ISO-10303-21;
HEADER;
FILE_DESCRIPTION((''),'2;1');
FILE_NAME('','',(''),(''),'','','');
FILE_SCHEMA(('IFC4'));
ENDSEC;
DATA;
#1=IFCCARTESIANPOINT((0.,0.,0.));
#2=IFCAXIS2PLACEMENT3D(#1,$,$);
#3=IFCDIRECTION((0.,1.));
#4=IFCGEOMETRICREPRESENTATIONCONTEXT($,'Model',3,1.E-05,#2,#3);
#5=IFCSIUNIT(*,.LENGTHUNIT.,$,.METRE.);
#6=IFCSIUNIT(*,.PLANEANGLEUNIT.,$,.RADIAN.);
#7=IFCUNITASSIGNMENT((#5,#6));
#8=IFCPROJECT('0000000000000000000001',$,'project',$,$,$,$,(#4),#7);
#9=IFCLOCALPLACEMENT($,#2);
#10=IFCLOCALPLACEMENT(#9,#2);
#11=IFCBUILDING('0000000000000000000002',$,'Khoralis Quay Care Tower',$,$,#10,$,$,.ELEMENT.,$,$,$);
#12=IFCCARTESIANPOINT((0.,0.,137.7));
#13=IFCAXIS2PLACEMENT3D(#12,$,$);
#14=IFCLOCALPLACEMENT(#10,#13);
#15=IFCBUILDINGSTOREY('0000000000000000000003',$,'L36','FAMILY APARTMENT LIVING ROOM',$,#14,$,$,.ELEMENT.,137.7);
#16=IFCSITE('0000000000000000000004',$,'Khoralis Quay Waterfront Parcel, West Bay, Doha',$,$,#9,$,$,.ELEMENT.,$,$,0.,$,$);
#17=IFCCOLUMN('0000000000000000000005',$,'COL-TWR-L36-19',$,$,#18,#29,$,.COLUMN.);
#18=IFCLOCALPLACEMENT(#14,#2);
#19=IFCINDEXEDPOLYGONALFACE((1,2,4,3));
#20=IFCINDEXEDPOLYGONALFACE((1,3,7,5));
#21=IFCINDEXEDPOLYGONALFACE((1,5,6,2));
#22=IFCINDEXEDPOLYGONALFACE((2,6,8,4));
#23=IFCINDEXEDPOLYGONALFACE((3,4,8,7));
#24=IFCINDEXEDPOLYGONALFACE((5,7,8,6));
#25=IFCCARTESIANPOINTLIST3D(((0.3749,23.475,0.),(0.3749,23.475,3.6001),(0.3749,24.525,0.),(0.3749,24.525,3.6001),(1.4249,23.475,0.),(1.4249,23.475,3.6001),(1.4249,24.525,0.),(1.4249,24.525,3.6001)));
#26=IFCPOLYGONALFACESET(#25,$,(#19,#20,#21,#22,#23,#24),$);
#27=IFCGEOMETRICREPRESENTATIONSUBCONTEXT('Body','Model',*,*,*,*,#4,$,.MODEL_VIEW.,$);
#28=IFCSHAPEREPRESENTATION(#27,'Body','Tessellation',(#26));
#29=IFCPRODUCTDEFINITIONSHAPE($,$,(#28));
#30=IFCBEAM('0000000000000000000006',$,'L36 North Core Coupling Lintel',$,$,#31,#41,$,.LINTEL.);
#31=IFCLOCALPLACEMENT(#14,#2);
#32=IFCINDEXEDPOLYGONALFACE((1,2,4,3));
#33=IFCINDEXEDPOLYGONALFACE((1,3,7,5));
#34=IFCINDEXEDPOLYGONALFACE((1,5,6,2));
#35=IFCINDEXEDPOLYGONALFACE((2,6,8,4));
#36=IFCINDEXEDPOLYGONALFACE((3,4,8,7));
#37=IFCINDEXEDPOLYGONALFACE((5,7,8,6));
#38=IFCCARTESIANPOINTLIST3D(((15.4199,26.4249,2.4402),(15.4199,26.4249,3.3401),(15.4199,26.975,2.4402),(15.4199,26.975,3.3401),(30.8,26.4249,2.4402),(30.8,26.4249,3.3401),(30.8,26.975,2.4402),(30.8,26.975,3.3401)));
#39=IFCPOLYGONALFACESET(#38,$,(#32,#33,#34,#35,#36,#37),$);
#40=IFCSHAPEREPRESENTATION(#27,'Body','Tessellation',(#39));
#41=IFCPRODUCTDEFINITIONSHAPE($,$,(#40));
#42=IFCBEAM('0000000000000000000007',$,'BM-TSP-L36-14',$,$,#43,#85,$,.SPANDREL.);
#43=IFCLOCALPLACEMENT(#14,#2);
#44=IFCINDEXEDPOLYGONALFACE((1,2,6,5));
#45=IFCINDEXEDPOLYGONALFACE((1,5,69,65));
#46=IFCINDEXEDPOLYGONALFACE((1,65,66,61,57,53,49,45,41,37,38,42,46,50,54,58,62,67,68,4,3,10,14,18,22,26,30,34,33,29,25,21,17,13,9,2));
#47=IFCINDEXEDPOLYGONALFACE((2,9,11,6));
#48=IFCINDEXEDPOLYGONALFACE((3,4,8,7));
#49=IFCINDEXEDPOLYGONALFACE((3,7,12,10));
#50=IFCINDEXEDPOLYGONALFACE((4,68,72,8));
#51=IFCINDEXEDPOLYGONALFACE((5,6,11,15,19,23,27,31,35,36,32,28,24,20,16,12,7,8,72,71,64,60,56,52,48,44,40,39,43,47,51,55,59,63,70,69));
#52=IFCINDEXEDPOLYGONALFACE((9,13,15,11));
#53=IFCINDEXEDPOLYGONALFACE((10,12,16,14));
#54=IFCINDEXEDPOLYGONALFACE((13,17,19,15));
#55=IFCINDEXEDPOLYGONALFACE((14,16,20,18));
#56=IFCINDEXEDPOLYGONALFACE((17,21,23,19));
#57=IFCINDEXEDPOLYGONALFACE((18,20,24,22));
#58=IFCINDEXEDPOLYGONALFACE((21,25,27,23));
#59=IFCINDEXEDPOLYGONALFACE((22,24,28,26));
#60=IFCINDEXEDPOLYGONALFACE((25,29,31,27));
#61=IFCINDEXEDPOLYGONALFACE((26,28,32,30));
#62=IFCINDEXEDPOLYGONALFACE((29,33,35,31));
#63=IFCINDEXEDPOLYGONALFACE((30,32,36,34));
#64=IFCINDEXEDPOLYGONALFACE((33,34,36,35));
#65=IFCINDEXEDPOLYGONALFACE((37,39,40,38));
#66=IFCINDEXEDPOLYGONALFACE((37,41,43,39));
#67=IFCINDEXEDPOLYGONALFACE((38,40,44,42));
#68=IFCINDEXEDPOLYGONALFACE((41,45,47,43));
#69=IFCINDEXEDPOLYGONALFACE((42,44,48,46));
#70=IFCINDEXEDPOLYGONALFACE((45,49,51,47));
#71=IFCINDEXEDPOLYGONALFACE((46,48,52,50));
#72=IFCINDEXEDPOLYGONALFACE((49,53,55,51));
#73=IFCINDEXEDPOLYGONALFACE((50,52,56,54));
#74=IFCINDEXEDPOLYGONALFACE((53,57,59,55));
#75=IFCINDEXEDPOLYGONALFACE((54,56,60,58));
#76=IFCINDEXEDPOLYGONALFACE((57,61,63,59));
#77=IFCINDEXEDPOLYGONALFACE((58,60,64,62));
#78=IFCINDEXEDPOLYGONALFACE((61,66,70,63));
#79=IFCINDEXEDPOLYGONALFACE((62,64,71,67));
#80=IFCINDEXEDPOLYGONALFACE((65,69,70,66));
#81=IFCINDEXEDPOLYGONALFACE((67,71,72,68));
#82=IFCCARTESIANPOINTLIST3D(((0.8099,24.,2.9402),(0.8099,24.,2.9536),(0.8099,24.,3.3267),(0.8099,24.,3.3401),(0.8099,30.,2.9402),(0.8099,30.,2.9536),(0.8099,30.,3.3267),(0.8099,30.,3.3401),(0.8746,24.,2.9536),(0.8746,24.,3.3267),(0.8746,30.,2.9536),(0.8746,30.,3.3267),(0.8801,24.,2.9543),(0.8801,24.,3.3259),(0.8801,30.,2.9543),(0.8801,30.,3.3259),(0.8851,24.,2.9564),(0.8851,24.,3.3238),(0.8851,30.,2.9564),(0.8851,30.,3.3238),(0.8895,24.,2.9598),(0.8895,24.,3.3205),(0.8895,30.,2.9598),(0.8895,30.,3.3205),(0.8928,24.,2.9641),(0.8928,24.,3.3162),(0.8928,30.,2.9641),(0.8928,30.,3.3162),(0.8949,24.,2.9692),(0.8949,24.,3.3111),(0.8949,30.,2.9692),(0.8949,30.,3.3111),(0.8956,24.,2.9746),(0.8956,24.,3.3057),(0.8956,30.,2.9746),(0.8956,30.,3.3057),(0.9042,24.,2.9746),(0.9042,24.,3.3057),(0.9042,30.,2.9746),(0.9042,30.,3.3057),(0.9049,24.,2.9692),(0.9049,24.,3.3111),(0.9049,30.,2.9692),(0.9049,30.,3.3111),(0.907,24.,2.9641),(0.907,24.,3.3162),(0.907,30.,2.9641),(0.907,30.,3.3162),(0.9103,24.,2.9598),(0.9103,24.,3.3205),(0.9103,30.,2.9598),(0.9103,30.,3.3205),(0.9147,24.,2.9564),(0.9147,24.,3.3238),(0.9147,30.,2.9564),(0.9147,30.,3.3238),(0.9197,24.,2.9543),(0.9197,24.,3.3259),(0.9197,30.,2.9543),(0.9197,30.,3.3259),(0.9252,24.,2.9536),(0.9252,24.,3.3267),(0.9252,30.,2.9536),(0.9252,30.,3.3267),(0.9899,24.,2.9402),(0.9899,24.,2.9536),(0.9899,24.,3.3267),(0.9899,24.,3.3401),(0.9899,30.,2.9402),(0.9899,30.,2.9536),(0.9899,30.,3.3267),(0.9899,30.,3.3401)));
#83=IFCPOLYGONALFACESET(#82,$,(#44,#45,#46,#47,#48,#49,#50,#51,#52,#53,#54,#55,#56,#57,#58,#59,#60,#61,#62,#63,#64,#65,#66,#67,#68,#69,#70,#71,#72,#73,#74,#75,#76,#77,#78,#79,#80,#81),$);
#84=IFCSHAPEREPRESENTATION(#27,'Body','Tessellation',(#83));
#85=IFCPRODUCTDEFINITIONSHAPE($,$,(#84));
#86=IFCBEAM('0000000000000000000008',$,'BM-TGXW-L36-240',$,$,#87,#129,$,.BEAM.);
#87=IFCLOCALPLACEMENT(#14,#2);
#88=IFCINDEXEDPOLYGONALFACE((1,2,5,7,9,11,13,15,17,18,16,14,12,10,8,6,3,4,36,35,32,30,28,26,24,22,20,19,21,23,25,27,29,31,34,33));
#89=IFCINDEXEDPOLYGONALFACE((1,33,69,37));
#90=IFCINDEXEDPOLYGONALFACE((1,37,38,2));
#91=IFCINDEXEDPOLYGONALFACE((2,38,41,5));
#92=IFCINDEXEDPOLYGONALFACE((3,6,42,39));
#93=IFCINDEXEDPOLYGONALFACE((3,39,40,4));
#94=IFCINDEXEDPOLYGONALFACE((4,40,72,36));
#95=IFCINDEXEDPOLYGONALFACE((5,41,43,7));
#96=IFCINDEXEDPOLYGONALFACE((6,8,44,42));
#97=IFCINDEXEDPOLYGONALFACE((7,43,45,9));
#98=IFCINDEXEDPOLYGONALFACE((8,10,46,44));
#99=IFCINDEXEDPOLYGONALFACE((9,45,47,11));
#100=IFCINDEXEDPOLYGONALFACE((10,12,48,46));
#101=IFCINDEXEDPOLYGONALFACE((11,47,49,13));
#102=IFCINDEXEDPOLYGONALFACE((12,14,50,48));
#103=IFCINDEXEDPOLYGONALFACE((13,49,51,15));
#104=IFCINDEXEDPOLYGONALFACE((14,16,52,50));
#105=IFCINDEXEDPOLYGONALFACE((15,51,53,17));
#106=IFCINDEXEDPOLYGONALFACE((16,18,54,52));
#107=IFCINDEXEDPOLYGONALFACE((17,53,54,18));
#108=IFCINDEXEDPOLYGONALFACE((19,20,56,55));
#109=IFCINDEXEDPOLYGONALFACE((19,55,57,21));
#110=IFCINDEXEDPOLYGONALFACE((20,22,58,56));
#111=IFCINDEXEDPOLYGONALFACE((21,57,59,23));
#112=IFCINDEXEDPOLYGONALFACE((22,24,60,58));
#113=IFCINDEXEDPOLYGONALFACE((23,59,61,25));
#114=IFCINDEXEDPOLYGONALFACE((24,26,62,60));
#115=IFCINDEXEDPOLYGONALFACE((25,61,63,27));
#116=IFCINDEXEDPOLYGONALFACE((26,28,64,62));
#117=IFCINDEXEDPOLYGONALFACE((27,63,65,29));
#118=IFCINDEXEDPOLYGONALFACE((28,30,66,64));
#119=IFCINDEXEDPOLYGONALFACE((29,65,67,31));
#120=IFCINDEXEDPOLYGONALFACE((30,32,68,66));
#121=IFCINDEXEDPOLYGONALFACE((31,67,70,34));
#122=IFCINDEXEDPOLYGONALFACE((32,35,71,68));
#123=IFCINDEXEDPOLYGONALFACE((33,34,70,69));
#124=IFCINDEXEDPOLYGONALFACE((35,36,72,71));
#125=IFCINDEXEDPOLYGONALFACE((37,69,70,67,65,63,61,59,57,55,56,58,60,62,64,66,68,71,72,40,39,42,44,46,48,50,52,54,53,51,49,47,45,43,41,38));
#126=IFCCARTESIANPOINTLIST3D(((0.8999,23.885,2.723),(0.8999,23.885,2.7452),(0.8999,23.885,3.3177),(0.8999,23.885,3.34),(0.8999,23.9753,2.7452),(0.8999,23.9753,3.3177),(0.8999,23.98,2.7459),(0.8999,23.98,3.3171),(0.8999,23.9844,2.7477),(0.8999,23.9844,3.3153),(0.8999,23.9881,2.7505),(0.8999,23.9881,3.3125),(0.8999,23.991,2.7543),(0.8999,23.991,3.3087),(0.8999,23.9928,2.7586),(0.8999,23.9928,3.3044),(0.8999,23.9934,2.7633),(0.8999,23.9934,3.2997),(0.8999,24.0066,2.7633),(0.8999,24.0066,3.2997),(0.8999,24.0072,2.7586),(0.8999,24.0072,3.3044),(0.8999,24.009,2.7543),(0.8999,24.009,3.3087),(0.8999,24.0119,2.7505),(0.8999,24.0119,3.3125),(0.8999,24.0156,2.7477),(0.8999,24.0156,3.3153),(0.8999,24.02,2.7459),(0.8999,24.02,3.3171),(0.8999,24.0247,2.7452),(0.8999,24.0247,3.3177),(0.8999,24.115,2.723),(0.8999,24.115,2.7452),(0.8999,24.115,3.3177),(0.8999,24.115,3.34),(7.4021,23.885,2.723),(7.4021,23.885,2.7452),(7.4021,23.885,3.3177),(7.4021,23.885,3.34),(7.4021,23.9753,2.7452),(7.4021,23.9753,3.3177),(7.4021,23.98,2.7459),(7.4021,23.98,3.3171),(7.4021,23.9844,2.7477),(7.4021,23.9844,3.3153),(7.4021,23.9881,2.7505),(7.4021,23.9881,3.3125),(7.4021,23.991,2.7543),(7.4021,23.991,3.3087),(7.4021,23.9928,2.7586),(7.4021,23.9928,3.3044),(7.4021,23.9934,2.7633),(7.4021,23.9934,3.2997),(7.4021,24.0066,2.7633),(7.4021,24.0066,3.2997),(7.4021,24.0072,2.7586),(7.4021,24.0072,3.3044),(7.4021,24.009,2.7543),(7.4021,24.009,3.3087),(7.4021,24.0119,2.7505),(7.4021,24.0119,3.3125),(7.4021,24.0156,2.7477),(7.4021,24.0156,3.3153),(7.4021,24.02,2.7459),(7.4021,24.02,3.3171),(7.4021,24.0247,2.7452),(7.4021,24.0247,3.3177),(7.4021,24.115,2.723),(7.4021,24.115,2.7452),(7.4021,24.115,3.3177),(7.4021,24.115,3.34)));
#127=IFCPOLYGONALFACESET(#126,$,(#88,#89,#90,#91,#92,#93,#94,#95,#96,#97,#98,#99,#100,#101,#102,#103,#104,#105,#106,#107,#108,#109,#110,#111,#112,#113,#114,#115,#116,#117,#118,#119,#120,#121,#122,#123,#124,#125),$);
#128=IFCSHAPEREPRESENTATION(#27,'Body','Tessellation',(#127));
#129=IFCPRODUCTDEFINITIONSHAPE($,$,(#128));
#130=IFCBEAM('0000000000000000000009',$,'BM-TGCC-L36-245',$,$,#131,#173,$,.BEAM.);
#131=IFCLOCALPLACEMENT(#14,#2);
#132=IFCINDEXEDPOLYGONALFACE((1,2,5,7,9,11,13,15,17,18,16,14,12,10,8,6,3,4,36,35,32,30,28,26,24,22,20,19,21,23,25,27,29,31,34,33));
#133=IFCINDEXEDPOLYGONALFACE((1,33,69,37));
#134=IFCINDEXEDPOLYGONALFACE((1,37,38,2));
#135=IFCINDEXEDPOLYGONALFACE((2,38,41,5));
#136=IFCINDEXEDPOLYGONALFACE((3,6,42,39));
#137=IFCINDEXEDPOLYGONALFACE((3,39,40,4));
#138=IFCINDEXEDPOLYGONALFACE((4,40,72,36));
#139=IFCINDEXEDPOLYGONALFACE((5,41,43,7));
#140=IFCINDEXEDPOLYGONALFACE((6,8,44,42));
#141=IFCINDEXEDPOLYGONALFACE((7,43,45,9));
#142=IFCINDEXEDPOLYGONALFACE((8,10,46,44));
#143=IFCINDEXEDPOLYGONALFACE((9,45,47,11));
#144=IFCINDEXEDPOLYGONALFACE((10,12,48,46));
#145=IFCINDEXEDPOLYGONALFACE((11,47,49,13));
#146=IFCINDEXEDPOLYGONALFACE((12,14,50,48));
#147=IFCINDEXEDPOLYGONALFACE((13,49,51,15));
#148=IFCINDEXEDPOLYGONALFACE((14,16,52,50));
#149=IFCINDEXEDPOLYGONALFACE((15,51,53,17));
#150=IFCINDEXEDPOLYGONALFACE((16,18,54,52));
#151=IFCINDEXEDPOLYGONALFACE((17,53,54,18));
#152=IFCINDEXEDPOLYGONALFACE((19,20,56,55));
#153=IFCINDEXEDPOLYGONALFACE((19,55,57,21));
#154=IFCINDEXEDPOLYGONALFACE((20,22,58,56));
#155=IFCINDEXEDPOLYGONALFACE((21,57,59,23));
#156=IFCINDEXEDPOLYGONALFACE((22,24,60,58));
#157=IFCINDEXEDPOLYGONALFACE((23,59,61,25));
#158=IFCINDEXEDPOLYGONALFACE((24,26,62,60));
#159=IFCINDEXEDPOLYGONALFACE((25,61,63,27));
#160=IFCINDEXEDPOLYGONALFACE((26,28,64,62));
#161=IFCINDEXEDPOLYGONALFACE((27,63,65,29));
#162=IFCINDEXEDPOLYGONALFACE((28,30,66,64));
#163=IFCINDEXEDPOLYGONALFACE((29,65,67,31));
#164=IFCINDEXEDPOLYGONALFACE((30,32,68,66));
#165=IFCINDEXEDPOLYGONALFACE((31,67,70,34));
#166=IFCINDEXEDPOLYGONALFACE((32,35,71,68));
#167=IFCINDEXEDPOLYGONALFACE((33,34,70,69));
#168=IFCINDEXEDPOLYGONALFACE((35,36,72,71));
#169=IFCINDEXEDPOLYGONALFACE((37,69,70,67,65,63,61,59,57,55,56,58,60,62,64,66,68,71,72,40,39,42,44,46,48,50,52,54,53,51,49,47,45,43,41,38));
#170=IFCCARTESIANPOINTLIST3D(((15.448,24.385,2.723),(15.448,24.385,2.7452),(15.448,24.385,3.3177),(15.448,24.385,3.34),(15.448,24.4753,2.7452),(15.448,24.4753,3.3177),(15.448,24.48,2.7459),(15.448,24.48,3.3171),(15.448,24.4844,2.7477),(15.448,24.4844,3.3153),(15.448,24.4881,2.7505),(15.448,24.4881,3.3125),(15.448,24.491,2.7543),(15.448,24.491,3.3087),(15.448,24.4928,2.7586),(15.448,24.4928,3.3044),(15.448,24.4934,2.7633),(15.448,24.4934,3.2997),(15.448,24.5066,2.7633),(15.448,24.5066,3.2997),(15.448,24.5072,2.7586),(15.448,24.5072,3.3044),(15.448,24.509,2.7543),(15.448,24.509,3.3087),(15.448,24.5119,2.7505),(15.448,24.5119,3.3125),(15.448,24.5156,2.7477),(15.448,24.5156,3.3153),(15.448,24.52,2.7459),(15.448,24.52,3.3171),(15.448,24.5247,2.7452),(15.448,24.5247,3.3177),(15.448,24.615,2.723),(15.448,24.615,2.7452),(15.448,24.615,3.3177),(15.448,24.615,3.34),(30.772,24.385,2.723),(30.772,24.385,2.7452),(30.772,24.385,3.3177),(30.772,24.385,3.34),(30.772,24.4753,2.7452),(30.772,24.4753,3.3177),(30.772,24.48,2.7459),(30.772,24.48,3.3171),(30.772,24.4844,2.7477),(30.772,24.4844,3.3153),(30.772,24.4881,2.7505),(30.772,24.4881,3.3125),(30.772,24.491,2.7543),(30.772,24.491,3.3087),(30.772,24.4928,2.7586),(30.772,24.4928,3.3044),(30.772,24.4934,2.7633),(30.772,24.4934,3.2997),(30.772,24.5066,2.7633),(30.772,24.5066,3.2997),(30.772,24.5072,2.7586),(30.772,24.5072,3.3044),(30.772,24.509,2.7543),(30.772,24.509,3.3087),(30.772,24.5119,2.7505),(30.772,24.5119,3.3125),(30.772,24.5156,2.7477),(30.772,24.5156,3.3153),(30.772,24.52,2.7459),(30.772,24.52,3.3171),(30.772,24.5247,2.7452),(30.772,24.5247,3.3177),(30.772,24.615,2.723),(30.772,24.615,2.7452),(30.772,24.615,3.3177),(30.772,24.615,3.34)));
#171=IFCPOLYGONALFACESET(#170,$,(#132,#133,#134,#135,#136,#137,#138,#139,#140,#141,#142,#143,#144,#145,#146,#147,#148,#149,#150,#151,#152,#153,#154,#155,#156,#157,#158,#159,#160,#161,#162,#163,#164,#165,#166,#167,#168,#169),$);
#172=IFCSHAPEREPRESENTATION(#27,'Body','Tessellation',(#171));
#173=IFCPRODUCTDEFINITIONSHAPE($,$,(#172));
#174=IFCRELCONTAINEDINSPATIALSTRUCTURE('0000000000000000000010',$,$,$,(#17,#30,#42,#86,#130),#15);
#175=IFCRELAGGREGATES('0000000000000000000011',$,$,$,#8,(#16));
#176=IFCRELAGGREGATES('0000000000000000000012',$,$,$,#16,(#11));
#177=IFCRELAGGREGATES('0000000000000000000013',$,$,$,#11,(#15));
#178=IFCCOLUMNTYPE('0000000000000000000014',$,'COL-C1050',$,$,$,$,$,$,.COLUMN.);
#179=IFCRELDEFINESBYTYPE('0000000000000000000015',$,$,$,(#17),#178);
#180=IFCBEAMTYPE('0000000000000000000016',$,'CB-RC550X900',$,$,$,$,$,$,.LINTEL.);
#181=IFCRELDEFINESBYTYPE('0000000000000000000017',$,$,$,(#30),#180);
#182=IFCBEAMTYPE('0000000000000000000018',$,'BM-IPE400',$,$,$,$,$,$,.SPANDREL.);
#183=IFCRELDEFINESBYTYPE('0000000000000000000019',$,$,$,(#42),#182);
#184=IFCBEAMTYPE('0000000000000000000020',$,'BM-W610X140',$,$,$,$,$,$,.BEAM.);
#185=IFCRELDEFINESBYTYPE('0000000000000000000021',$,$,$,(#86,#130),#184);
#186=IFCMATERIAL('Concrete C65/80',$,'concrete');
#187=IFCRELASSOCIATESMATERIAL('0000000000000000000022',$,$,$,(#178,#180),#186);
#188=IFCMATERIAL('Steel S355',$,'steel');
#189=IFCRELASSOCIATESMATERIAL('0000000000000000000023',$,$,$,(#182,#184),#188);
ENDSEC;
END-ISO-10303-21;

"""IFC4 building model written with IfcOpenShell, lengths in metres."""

from ifc_helpers import new_model, si_unit, direction, frame, origin, origin_2d, place, context, subcontext, project, spatial, rectangle, i_section, extrude, source, transform, mapped, material, material_profile, profile_set, type_object, element, save


model = new_model("IFC4")

# Units and contexts
model_context = context("Model", 3, precision=1e-05, world=origin(), true_north=direction((0.0, 1.0)))
body_context = subcontext(model_context, "Body", "Model", "MODEL_VIEW")
ifc_project = project(units=[si_unit("LENGTHUNIT", "METRE"), si_unit("PLANEANGLEUNIT", "RADIAN")], contexts=[model_context])

# Site, building, storey
site_placement = place(None, origin())
site = spatial("IfcSite", under=ifc_project, at=site_placement, Name="Khoralis Quay Waterfront Parcel, West Bay, Doha", CompositionType="ELEMENT", RefElevation=0.0)
building_placement = place(site_placement, origin())
building = spatial("IfcBuilding", under=site, at=building_placement, Name="Khoralis Quay Care Tower", CompositionType="ELEMENT")
storey_placement = place(building_placement, frame((0.0, 0.0, 137.7)))
storey = spatial("IfcBuildingStorey", under=building, at=storey_placement, Name="L36", Description="FAMILY APARTMENT LIVING ROOM", CompositionType="ELEMENT", Elevation=137.7)

# Column
ifc_material_1 = material(Name="Concrete C65/80", Category="concrete")
ifc_material_profile_1 = material_profile(ifc_material_1, rectangle(XDim=1.05, YDim=1.05, at=origin_2d()), Name="Concrete C65/80")
ifc_profile_set_1 = profile_set([ifc_material_profile_1], Name="Concrete C65/80")
column_type = type_object("IfcColumnType", Name="COL-C1050", PredefinedType="COLUMN", material=ifc_profile_set_1)
shared_shape_1 = source(origin(), body_context, "Body", "SweptSolid", [
    extrude(rectangle(XDim=1.05, YDim=1.05, at=origin_2d()), origin(), (0.0, 0.0, 1.0), 3.6001),
])
column_placement = place(storey_placement, frame((0.8999, 24.0, 0.0), z_axis=(0.0, 0.0, 1.0), x_axis=(1.0, 0.0, 0.0)))
element("IfcColumn", 1, at=column_placement, inside=storey, type_object=column_type, Name="COL-TWR-L36-19", PredefinedType="COLUMN", context=body_context, shape_type="MappedRepresentation", body=[
    mapped(shared_shape_1, transform((0.0, 0.0, 0.0), scale=1.0)),
])

# Beams
ifc_material_profile_2 = material_profile(ifc_material_1, rectangle(XDim=0.55, YDim=0.8999, at=origin_2d()), Name="Concrete C65/80")
ifc_profile_set_2 = profile_set([ifc_material_profile_2], Name="Concrete C65/80")
beam_type_1 = type_object("IfcBeamType", Name="CB-RC550X900", PredefinedType="LINTEL", material=ifc_profile_set_2)
shared_shape_2 = source(origin(), body_context, "Body", "SweptSolid", [
    extrude(rectangle(XDim=0.55, YDim=0.8999, at=origin_2d()), origin(), (0.0, 0.0, 1.0), 15.3801),
])
beam_1_placement = place(storey_placement, frame((15.4199, 26.7, 2.8901), z_axis=(1.0, 0.0, 0.0), x_axis=(0.0, 1.0, 0.0)))
element("IfcBeam", 2, at=beam_1_placement, inside=storey, type_object=beam_type_1, Name="L36 North Core Coupling Lintel", PredefinedType="LINTEL", context=body_context, shape_type="MappedRepresentation", body=[
    mapped(shared_shape_2, transform((0.0, 0.0, 0.0), scale=1.0)),
])
ifc_material_2 = material(Name="Steel S355", Category="steel")
ifc_material_profile_3 = material_profile(ifc_material_2, i_section(OverallWidth=0.1799, OverallDepth=0.3999, WebThickness=0.0085, FlangeThickness=0.0134, FilletRadius=0.021, at=origin_2d()), Name="Steel S355")
ifc_profile_set_3 = profile_set([ifc_material_profile_3], Name="Steel S355")
beam_type_2 = type_object("IfcBeamType", Name="BM-IPE400", PredefinedType="SPANDREL", material=ifc_profile_set_3)
shared_shape_3 = source(origin(), body_context, "Body", "SweptSolid", [
    extrude(i_section(OverallWidth=0.1799, OverallDepth=0.3999, WebThickness=0.0085, FlangeThickness=0.0134, FilletRadius=0.021, at=origin_2d()), origin(), (0.0, 0.0, 1.0), 6.0),
])
beam_2_placement = place(storey_placement, frame((0.8999, 24.0, 3.1401), z_axis=(0.0, 1.0, 0.0), x_axis=(-1.0, 0.0, 0.0)))
element("IfcBeam", 3, at=beam_2_placement, inside=storey, type_object=beam_type_2, Name="BM-TSP-L36-14", PredefinedType="SPANDREL", context=body_context, shape_type="MappedRepresentation", body=[
    mapped(shared_shape_3, transform((0.0, 0.0, 0.0), scale=1.0)),
])
ifc_material_profile_4 = material_profile(ifc_material_2, i_section(OverallWidth=0.23, OverallDepth=0.6169, WebThickness=0.0132, FlangeThickness=0.0222, FilletRadius=0.0181, at=origin_2d()), Name="Steel S355")
ifc_profile_set_4 = profile_set([ifc_material_profile_4], Name="Steel S355")
beam_type_3 = type_object("IfcBeamType", Name="BM-W610X140", PredefinedType="BEAM", material=ifc_profile_set_4)
shared_shape_4 = source(origin(), body_context, "Body", "SweptSolid", [
    extrude(i_section(OverallWidth=0.23, OverallDepth=0.6169, WebThickness=0.0132, FlangeThickness=0.0222, FilletRadius=0.0181, at=origin_2d()), origin(), (0.0, 0.0, 1.0), 6.5022),
])
beam_3_placement = place(storey_placement, frame((0.8999, 24.0, 3.0315), z_axis=(1.0, 0.0, 0.0), x_axis=(0.0, 1.0, 0.0)))
element("IfcBeam", 4, at=beam_3_placement, inside=storey, type_object=beam_type_3, Name="BM-TGXW-L36-240", PredefinedType="BEAM", context=body_context, shape_type="MappedRepresentation", body=[
    mapped(shared_shape_4, transform((0.0, 0.0, 0.0), scale=1.0)),
])
shared_shape_5 = source(origin(), body_context, "Body", "SweptSolid", [
    extrude(i_section(OverallWidth=0.23, OverallDepth=0.6169, WebThickness=0.0132, FlangeThickness=0.0222, FilletRadius=0.0181, at=origin_2d()), origin(), (0.0, 0.0, 1.0), 15.324),
])
beam_4_placement = place(storey_placement, frame((15.448, 24.5, 3.0315), z_axis=(1.0, 0.0, 0.0), x_axis=(0.0, 1.0, 0.0)))
element("IfcBeam", 5, at=beam_4_placement, inside=storey, type_object=beam_type_3, Name="BM-TGCC-L36-245", PredefinedType="BEAM", context=body_context, shape_type="MappedRepresentation", body=[
    mapped(shared_shape_5, transform((0.0, 0.0, 0.0), scale=1.0)),
])

save(model, "model.ifc")
